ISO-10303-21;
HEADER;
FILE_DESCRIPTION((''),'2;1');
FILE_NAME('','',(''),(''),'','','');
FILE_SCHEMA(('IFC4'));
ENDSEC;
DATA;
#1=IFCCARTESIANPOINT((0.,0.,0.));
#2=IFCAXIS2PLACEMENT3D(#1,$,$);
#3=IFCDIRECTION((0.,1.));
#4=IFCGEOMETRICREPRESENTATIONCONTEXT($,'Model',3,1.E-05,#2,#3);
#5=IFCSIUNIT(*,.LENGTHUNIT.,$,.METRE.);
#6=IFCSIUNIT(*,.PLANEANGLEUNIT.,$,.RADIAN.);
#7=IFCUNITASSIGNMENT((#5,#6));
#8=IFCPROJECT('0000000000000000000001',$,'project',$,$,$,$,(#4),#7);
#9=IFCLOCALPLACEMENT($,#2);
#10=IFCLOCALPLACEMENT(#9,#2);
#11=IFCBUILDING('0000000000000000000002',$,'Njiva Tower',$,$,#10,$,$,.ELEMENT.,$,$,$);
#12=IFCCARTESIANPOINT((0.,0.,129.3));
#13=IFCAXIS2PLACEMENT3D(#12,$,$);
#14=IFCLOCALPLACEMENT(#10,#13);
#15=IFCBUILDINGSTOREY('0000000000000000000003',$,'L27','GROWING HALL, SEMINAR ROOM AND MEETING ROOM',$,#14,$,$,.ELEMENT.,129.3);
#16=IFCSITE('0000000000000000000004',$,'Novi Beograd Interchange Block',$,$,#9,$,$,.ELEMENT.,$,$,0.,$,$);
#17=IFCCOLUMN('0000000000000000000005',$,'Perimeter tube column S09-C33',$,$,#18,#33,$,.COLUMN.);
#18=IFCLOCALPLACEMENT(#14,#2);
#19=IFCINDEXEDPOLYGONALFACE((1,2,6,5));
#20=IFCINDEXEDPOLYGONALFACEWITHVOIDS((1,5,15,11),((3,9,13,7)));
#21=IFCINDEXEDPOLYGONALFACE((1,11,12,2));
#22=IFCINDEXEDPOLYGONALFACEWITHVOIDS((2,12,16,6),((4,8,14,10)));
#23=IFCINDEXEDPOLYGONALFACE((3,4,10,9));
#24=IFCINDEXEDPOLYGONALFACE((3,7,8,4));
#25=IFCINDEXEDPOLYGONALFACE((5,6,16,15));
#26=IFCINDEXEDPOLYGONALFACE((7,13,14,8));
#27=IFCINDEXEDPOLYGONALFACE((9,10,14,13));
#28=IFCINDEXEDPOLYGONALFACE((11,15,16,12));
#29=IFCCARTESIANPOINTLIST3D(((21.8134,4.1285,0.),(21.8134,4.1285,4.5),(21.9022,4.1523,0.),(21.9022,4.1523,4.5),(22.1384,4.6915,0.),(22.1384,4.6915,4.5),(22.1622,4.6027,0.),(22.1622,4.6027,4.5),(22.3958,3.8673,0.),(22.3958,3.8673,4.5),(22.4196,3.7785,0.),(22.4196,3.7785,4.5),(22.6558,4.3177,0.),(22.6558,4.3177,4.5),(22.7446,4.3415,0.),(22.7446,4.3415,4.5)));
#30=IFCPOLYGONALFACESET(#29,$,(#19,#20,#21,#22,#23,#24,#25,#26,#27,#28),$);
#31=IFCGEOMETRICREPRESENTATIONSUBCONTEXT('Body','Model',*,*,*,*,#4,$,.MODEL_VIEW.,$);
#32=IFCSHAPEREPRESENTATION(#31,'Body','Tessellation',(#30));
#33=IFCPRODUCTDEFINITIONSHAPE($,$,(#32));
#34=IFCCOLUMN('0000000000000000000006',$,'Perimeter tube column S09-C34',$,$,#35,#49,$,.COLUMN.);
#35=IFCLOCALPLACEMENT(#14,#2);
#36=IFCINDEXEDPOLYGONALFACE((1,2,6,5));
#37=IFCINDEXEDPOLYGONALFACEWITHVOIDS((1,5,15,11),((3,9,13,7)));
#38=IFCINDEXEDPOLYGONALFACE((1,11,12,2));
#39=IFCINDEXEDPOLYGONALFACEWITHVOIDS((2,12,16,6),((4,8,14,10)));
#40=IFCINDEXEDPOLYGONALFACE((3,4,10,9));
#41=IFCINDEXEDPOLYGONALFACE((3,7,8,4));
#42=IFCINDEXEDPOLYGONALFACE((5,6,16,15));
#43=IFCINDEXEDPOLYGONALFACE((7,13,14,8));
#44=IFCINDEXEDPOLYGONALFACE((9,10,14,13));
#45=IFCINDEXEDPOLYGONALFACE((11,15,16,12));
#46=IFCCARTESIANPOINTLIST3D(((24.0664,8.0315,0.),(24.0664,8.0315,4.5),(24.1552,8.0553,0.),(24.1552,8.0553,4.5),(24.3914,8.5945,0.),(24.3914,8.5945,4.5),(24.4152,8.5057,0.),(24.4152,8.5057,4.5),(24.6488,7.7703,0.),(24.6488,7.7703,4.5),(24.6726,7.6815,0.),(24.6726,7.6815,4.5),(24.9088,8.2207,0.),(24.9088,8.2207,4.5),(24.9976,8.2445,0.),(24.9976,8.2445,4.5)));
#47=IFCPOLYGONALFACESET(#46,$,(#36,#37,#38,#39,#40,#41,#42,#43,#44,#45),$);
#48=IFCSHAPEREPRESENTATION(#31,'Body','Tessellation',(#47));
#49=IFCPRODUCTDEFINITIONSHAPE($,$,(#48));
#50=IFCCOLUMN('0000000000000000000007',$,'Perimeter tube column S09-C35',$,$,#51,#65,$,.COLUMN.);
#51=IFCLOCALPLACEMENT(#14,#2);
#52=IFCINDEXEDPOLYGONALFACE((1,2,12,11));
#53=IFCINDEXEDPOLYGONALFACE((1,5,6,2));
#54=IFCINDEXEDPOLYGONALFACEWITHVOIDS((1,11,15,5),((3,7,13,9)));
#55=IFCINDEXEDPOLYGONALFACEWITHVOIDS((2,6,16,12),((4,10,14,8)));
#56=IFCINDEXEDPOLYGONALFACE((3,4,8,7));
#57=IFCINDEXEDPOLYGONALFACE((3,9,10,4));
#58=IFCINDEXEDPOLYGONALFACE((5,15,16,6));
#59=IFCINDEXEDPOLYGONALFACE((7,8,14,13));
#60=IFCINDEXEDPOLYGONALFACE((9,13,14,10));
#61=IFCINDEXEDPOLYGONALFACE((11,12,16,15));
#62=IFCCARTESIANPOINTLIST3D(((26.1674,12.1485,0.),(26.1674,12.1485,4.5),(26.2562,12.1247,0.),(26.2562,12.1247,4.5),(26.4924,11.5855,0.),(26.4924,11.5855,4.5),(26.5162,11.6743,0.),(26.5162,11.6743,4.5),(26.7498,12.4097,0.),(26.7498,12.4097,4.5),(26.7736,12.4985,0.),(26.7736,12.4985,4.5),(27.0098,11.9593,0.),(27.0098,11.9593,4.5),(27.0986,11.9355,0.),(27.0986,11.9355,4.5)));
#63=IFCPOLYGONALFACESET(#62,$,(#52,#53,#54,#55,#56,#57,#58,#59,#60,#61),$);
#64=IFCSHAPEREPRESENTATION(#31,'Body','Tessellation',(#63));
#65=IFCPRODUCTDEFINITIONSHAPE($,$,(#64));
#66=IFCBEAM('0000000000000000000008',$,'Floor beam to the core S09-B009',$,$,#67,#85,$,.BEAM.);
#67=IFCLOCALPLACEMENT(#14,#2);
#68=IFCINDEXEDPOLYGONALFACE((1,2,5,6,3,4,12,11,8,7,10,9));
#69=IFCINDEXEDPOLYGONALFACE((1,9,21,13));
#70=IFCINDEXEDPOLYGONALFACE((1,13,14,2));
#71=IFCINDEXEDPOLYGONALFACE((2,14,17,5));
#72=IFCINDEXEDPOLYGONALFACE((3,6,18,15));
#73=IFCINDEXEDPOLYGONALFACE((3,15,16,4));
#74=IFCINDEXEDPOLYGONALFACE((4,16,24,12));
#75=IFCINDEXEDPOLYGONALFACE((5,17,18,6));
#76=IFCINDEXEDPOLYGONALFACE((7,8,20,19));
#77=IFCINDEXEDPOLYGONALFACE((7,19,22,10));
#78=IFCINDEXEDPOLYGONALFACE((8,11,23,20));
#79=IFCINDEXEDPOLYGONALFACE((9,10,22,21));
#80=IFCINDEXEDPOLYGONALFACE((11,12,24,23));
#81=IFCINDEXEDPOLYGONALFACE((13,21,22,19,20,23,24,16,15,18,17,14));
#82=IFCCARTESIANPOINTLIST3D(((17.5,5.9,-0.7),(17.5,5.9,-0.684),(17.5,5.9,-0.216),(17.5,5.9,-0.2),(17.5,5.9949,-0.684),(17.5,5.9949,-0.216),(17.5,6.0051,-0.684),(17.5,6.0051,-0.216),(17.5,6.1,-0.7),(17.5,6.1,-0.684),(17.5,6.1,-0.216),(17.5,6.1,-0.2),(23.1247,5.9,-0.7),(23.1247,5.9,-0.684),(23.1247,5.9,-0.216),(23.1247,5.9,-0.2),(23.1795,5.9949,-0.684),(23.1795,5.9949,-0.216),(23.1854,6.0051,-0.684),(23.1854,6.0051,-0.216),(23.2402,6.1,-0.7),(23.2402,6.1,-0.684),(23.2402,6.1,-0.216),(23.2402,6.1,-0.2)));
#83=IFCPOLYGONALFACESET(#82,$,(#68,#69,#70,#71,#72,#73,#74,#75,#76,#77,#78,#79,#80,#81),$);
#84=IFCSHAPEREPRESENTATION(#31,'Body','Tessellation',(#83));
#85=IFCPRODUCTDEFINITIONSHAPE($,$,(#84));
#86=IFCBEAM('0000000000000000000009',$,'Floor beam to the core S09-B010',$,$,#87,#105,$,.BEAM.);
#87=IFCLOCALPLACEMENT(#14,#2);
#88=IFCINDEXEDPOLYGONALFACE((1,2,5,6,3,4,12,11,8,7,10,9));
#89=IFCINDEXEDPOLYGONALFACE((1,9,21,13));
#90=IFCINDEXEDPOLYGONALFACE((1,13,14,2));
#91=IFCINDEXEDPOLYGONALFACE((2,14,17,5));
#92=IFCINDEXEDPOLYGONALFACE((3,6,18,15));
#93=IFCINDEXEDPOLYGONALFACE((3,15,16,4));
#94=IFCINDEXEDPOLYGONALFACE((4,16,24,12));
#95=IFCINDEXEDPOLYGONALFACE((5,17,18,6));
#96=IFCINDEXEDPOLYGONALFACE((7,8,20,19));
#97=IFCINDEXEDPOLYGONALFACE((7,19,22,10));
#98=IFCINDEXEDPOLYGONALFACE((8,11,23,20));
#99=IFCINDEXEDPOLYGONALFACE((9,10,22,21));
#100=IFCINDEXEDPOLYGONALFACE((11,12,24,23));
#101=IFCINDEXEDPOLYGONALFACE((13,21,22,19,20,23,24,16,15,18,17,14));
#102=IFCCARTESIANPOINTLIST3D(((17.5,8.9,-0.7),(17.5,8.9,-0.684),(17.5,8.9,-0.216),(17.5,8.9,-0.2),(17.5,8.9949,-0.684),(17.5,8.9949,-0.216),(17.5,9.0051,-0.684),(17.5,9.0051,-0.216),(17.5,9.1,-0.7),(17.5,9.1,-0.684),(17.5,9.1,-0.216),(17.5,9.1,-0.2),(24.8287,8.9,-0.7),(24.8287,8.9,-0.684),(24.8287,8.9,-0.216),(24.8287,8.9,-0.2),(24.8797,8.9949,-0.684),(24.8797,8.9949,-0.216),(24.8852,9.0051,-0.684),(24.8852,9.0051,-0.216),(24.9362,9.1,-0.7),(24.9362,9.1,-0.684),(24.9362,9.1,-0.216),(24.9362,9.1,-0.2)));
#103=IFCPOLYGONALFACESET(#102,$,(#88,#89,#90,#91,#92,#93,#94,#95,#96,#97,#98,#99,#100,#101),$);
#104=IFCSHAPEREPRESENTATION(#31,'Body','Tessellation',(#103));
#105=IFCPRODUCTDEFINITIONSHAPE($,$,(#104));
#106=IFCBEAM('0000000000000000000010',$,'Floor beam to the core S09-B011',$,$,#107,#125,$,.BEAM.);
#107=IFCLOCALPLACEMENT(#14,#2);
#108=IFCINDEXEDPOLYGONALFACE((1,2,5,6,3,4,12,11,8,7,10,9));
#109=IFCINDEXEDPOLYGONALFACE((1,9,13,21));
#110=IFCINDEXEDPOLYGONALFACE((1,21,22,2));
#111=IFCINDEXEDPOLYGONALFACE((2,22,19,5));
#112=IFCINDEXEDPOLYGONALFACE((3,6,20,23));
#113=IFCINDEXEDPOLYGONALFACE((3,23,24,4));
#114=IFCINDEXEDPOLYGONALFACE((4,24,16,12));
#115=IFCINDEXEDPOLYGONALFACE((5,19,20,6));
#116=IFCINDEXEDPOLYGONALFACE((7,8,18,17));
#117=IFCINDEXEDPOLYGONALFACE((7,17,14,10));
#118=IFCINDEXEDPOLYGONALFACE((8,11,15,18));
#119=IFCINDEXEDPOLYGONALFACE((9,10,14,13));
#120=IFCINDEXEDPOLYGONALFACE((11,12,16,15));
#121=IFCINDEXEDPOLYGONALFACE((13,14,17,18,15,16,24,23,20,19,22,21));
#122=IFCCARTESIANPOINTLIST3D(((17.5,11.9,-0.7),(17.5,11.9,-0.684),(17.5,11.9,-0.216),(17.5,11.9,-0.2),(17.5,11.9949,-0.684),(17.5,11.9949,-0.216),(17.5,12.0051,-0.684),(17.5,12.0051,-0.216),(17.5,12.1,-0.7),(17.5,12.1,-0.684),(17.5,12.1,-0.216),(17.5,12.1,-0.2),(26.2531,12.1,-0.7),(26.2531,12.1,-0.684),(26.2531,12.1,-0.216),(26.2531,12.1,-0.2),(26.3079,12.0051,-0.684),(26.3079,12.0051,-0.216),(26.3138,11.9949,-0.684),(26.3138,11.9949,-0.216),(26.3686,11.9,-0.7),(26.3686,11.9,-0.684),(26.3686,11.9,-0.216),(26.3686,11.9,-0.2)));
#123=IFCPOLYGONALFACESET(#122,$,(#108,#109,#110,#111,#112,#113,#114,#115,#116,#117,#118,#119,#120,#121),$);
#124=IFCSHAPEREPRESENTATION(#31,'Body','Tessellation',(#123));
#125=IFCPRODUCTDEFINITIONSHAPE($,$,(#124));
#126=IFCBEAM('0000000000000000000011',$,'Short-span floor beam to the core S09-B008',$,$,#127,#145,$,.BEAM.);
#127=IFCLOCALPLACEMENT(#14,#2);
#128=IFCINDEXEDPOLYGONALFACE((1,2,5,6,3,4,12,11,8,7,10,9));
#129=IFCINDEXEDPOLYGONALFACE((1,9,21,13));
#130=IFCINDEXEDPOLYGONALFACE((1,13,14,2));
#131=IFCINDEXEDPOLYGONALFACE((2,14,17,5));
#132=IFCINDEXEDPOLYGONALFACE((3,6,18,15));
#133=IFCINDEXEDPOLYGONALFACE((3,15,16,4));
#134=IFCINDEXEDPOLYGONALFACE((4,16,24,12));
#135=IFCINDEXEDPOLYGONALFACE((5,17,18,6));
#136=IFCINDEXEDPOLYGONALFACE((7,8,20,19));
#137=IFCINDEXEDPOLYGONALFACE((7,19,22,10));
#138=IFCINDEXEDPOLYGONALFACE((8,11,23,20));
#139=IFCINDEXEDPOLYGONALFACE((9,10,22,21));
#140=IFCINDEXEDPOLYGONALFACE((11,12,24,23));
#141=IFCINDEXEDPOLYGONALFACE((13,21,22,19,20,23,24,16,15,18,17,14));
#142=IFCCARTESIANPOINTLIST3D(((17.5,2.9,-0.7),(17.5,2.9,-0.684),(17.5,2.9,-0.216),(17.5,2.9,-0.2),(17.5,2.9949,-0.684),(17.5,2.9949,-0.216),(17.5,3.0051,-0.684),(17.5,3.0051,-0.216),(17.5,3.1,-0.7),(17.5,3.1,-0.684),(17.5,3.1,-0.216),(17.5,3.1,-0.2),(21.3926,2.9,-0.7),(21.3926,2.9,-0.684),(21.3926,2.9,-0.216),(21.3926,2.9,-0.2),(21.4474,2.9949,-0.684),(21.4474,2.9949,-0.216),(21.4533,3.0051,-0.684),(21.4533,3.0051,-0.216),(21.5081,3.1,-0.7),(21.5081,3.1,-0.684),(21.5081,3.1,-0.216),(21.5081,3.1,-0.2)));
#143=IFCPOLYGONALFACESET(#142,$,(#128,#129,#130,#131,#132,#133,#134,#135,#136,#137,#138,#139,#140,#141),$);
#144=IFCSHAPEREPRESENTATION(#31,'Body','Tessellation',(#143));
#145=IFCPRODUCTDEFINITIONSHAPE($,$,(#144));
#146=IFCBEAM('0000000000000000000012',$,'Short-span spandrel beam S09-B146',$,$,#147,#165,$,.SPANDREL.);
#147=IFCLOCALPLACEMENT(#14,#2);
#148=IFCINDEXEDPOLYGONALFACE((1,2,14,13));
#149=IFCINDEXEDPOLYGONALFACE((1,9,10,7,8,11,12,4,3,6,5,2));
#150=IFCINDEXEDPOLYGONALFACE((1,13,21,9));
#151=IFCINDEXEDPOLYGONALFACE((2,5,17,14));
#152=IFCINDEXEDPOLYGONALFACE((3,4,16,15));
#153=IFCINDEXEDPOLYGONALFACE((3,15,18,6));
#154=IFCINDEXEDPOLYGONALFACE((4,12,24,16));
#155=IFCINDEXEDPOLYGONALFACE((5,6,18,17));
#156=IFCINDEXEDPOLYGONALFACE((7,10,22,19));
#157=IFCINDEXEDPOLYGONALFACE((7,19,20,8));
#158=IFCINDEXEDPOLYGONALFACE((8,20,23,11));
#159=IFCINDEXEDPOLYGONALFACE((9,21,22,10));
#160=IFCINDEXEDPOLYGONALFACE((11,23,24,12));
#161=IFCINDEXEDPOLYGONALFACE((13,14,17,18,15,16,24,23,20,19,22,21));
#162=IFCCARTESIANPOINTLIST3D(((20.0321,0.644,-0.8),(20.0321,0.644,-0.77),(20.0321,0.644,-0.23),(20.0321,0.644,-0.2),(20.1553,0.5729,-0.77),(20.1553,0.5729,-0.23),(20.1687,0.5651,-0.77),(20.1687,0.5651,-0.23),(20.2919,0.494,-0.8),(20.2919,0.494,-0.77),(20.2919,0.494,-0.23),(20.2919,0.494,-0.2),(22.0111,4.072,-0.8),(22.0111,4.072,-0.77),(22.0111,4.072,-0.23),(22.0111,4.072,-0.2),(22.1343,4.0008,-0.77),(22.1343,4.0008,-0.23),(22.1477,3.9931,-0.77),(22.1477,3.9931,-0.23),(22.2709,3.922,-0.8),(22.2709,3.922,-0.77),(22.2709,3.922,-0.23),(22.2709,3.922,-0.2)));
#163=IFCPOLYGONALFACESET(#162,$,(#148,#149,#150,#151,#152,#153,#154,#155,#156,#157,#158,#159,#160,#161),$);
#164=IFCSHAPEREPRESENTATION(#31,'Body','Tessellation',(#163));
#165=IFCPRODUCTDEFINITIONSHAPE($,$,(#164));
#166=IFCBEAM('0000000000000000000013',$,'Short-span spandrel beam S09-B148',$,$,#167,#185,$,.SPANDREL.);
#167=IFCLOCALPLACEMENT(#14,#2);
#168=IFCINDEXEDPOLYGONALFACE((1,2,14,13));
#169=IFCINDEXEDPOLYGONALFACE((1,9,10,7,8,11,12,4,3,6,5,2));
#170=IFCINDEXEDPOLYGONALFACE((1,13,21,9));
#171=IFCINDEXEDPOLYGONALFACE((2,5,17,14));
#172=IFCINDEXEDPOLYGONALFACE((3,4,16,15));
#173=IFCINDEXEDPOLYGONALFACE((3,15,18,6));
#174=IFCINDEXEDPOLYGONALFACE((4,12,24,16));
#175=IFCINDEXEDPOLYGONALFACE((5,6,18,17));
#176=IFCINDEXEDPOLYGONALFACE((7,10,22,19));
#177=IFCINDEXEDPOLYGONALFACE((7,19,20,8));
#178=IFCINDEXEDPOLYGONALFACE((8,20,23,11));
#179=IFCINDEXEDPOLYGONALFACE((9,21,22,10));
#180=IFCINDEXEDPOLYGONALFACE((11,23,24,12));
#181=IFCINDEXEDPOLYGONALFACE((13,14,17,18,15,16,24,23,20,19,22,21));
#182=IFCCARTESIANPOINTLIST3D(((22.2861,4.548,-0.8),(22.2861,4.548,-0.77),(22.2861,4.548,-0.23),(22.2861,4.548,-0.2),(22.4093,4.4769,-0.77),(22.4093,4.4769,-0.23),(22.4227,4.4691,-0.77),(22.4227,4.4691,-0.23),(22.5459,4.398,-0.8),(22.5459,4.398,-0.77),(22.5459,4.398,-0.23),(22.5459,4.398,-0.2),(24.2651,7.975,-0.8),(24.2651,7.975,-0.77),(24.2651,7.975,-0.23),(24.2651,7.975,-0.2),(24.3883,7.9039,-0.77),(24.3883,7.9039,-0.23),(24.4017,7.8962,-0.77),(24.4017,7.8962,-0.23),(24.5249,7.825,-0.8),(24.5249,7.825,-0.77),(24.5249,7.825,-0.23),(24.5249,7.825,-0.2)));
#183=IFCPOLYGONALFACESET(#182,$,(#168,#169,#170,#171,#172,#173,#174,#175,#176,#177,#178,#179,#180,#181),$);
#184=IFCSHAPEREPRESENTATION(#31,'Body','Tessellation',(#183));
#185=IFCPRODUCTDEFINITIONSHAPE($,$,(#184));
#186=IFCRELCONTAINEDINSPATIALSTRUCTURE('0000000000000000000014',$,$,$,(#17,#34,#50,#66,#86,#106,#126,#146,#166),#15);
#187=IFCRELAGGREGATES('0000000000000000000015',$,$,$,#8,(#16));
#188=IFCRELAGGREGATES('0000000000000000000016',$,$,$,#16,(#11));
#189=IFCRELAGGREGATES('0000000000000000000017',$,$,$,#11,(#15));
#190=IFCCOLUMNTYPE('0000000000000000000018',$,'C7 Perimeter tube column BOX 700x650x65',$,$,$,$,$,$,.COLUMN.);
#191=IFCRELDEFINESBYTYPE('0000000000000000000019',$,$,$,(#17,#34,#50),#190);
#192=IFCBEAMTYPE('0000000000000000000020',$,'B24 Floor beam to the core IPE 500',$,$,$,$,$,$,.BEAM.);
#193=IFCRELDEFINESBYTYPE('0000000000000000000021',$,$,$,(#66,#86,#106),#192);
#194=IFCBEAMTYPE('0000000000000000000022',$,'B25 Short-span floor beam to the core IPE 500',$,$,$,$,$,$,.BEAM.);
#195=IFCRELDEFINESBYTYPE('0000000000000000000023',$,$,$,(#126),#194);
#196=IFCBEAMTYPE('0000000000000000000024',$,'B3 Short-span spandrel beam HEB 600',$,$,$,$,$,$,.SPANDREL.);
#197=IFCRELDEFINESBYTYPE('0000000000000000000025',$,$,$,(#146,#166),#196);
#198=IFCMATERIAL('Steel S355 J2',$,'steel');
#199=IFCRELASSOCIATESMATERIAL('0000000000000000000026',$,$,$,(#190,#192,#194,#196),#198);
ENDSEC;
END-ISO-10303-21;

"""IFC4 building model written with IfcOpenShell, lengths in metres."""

from ifc_helpers import new_model, si_unit, direction, frame, origin, origin_2d, place, context, subcontext, project, spatial, hollow_rectangle, i_section, extrude, clip, halfspace, material, material_profile, profile_set, type_object, element, save


model = new_model("IFC4")

# Units and contexts
model_context = context("Model", 3, precision=1e-05, world=origin(), true_north=direction((0.0, 1.0)))
body_context = subcontext(model_context, "Body", "Model", "MODEL_VIEW")
ifc_project = project(units=[si_unit("LENGTHUNIT", "METRE"), si_unit("PLANEANGLEUNIT", "RADIAN")], contexts=[model_context])

# Site, building, storey
site_placement = place(None, origin())
site = spatial("IfcSite", under=ifc_project, at=site_placement, Name="Novi Beograd Interchange Block", CompositionType="ELEMENT", RefElevation=0.0)
building_placement = place(site_placement, origin())
building = spatial("IfcBuilding", under=site, at=building_placement, Name="Njiva Tower", CompositionType="ELEMENT")
storey_placement = place(building_placement, frame((0.0, 0.0, 129.3)))
storey = spatial("IfcBuildingStorey", under=building, at=storey_placement, Name="L27", Description="GROWING HALL, SEMINAR ROOM AND MEETING ROOM", CompositionType="ELEMENT", Elevation=129.3)

# Columns
ifc_material_1 = material(Name="Steel S355 J2", Category="steel")
ifc_material_profile_1 = material_profile(ifc_material_1, hollow_rectangle(XDim=0.65, YDim=0.7, WallThickness=0.065, at=origin_2d()), Name="BOX 700x650x65")
ifc_profile_set_1 = profile_set([ifc_material_profile_1], Name="Steel S355 J2")
column_type = type_object("IfcColumnType", Name="C7 Perimeter tube column BOX 700x650x65", PredefinedType="COLUMN", material=ifc_profile_set_1)
for number, where, z_axis, x_axis, name in (
    (1, (22.279, 4.235, 0.0), (0.0, 0.0, 1.0), (0.5, 0.866025, 0.0), "Perimeter tube column S09-C33"),
    (2, (24.532, 8.138, 0.0), (0.0, 0.0, 1.0), (0.5, 0.866025, 0.0), "Perimeter tube column S09-C34"),
    (3, (26.633, 12.042, 0.0), (0.0, 0.0, 1.0), (-0.5, 0.866025, 0.0), "Perimeter tube column S09-C35"),
):
    element("IfcColumn", number, at=place(storey_placement, frame(where, z_axis=z_axis, x_axis=x_axis)), inside=storey, type_object=column_type, Name=name, PredefinedType="COLUMN", context=body_context, shape_type="SweptSolid", body=[
        extrude(hollow_rectangle(XDim=0.65, YDim=0.7, WallThickness=0.065, at=origin_2d()), origin(), (0.0, 0.0, 1.0), 4.5),
    ])

# Beams
ifc_material_profile_2 = material_profile(ifc_material_1, i_section(OverallWidth=0.2, OverallDepth=0.5, WebThickness=0.0102, FlangeThickness=0.016, at=origin_2d()), Name="IPE 500")
ifc_profile_set_2 = profile_set([ifc_material_profile_2], Name="Steel S355 J2")
beam_type_1 = type_object("IfcBeamType", Name="B24 Floor beam to the core IPE 500", PredefinedType="BEAM", material=ifc_profile_set_2)
beam_1_placement = place(storey_placement, frame((17.5, 6.0, -0.45), z_axis=(1.0, 0.0, 0.0), x_axis=(0.0, 1.0, 0.0)))
element("IfcBeam", 4, at=beam_1_placement, inside=storey, type_object=beam_type_1, Name="Floor beam to the core S09-B009", PredefinedType="BEAM", context=body_context, shape_type="Clipping", body=[
    clip(extrude(i_section(OverallWidth=0.2, OverallDepth=0.5, WebThickness=0.0102, FlangeThickness=0.016, at=origin_2d()), origin(), (0.0, 0.0, 1.0), 5.76), halfspace(frame((-0.025, 0.0, 5.668), z_axis=(-0.499998, 0.0, 0.866027), x_axis=(0.0, 1.0, 0.0)), False)),
])
beam_2_placement = place(storey_placement, frame((17.5, 9.0, -0.45), z_axis=(1.0, 0.0, 0.0), x_axis=(0.0, 1.0, 0.0)))
element("IfcBeam", 5, at=beam_2_placement, inside=storey, type_object=beam_type_1, Name="Floor beam to the core S09-B010", PredefinedType="BEAM", context=body_context, shape_type="Clipping", body=[
    clip(extrude(i_section(OverallWidth=0.2, OverallDepth=0.5, WebThickness=0.0102, FlangeThickness=0.016, at=origin_2d()), origin(), (0.0, 0.0, 1.0), 7.456), halfspace(frame((-0.0237, 0.0, 7.3697), z_axis=(-0.473769, 0.0, 0.880649), x_axis=(0.0, 1.0, 0.0)), False)),
])
beam_3_placement = place(storey_placement, frame((17.5, 12.0, -0.45), z_axis=(1.0, 0.0, 0.0), x_axis=(0.0, 1.0, 0.0)))
element("IfcBeam", 6, at=beam_3_placement, inside=storey, type_object=beam_type_1, Name="Floor beam to the core S09-B011", PredefinedType="BEAM", context=body_context, shape_type="Clipping", body=[
    clip(extrude(i_section(OverallWidth=0.2, OverallDepth=0.5, WebThickness=0.0102, FlangeThickness=0.016, at=origin_2d()), origin(), (0.0, 0.0, 1.0), 8.889), halfspace(frame((0.025, 0.0, 8.7964), z_axis=(0.499998, 0.0, 0.866027), x_axis=(0.0, 1.0, 0.0)), False)),
])
ifc_material_profile_3 = material_profile(ifc_material_1, i_section(OverallWidth=0.2, OverallDepth=0.5, WebThickness=0.0102, FlangeThickness=0.016, at=origin_2d()), Name="IPE 500")
ifc_profile_set_3 = profile_set([ifc_material_profile_3], Name="Steel S355 J2")
beam_type_2 = type_object("IfcBeamType", Name="B25 Short-span floor beam to the core IPE 500", PredefinedType="BEAM", material=ifc_profile_set_3)
beam_4_placement = place(storey_placement, frame((17.5, 3.0, -0.45), z_axis=(1.0, 0.0, 0.0), x_axis=(0.0, 1.0, 0.0)))
element("IfcBeam", 7, at=beam_4_placement, inside=storey, type_object=beam_type_2, Name="Short-span floor beam to the core S09-B008", PredefinedType="BEAM", context=body_context, shape_type="Clipping", body=[
    clip(extrude(i_section(OverallWidth=0.2, OverallDepth=0.5, WebThickness=0.0102, FlangeThickness=0.016, at=origin_2d()), origin(), (0.0, 0.0, 1.0), 4.028), halfspace(frame((-0.025, 0.0, 3.9359), z_axis=(-0.499998, 0.0, 0.866027), x_axis=(0.0, 1.0, 0.0)), False)),
])
ifc_material_profile_4 = material_profile(ifc_material_1, i_section(OverallWidth=0.3, OverallDepth=0.6, WebThickness=0.0155, FlangeThickness=0.03, at=origin_2d()), Name="HEB 600")
ifc_profile_set_4 = profile_set([ifc_material_profile_4], Name="Steel S355 J2")
beam_type_3 = type_object("IfcBeamType", Name="B3 Short-span spandrel beam HEB 600", PredefinedType="SPANDREL", material=ifc_profile_set_4)
beam_5_placement = place(storey_placement, frame((20.162, 0.569, -0.5), z_axis=(0.49997, 0.866043, 0.0), x_axis=(-0.866043, 0.49997, 0.0)))
element("IfcBeam", 8, at=beam_5_placement, inside=storey, type_object=beam_type_3, Name="Short-span spandrel beam S09-B146", PredefinedType="SPANDREL", context=body_context, shape_type="SweptSolid", body=[
    extrude(i_section(OverallWidth=0.3, OverallDepth=0.6, WebThickness=0.0155, FlangeThickness=0.03, at=origin_2d()), origin(), (0.0, 0.0, 1.0), 3.9582),
])
beam_6_placement = place(storey_placement, frame((22.416, 4.473, -0.5), z_axis=(0.50008, 0.865979, 0.0), x_axis=(-0.865979, 0.50008, 0.0)))
element("IfcBeam", 9, at=beam_6_placement, inside=storey, type_object=beam_type_3, Name="Short-span spandrel beam S09-B148", PredefinedType="SPANDREL", context=body_context, shape_type="SweptSolid", body=[
    extrude(i_section(OverallWidth=0.3, OverallDepth=0.6, WebThickness=0.0155, FlangeThickness=0.03, at=origin_2d()), origin(), (0.0, 0.0, 1.0), 3.9574),
])

save(model, "model.ifc")
